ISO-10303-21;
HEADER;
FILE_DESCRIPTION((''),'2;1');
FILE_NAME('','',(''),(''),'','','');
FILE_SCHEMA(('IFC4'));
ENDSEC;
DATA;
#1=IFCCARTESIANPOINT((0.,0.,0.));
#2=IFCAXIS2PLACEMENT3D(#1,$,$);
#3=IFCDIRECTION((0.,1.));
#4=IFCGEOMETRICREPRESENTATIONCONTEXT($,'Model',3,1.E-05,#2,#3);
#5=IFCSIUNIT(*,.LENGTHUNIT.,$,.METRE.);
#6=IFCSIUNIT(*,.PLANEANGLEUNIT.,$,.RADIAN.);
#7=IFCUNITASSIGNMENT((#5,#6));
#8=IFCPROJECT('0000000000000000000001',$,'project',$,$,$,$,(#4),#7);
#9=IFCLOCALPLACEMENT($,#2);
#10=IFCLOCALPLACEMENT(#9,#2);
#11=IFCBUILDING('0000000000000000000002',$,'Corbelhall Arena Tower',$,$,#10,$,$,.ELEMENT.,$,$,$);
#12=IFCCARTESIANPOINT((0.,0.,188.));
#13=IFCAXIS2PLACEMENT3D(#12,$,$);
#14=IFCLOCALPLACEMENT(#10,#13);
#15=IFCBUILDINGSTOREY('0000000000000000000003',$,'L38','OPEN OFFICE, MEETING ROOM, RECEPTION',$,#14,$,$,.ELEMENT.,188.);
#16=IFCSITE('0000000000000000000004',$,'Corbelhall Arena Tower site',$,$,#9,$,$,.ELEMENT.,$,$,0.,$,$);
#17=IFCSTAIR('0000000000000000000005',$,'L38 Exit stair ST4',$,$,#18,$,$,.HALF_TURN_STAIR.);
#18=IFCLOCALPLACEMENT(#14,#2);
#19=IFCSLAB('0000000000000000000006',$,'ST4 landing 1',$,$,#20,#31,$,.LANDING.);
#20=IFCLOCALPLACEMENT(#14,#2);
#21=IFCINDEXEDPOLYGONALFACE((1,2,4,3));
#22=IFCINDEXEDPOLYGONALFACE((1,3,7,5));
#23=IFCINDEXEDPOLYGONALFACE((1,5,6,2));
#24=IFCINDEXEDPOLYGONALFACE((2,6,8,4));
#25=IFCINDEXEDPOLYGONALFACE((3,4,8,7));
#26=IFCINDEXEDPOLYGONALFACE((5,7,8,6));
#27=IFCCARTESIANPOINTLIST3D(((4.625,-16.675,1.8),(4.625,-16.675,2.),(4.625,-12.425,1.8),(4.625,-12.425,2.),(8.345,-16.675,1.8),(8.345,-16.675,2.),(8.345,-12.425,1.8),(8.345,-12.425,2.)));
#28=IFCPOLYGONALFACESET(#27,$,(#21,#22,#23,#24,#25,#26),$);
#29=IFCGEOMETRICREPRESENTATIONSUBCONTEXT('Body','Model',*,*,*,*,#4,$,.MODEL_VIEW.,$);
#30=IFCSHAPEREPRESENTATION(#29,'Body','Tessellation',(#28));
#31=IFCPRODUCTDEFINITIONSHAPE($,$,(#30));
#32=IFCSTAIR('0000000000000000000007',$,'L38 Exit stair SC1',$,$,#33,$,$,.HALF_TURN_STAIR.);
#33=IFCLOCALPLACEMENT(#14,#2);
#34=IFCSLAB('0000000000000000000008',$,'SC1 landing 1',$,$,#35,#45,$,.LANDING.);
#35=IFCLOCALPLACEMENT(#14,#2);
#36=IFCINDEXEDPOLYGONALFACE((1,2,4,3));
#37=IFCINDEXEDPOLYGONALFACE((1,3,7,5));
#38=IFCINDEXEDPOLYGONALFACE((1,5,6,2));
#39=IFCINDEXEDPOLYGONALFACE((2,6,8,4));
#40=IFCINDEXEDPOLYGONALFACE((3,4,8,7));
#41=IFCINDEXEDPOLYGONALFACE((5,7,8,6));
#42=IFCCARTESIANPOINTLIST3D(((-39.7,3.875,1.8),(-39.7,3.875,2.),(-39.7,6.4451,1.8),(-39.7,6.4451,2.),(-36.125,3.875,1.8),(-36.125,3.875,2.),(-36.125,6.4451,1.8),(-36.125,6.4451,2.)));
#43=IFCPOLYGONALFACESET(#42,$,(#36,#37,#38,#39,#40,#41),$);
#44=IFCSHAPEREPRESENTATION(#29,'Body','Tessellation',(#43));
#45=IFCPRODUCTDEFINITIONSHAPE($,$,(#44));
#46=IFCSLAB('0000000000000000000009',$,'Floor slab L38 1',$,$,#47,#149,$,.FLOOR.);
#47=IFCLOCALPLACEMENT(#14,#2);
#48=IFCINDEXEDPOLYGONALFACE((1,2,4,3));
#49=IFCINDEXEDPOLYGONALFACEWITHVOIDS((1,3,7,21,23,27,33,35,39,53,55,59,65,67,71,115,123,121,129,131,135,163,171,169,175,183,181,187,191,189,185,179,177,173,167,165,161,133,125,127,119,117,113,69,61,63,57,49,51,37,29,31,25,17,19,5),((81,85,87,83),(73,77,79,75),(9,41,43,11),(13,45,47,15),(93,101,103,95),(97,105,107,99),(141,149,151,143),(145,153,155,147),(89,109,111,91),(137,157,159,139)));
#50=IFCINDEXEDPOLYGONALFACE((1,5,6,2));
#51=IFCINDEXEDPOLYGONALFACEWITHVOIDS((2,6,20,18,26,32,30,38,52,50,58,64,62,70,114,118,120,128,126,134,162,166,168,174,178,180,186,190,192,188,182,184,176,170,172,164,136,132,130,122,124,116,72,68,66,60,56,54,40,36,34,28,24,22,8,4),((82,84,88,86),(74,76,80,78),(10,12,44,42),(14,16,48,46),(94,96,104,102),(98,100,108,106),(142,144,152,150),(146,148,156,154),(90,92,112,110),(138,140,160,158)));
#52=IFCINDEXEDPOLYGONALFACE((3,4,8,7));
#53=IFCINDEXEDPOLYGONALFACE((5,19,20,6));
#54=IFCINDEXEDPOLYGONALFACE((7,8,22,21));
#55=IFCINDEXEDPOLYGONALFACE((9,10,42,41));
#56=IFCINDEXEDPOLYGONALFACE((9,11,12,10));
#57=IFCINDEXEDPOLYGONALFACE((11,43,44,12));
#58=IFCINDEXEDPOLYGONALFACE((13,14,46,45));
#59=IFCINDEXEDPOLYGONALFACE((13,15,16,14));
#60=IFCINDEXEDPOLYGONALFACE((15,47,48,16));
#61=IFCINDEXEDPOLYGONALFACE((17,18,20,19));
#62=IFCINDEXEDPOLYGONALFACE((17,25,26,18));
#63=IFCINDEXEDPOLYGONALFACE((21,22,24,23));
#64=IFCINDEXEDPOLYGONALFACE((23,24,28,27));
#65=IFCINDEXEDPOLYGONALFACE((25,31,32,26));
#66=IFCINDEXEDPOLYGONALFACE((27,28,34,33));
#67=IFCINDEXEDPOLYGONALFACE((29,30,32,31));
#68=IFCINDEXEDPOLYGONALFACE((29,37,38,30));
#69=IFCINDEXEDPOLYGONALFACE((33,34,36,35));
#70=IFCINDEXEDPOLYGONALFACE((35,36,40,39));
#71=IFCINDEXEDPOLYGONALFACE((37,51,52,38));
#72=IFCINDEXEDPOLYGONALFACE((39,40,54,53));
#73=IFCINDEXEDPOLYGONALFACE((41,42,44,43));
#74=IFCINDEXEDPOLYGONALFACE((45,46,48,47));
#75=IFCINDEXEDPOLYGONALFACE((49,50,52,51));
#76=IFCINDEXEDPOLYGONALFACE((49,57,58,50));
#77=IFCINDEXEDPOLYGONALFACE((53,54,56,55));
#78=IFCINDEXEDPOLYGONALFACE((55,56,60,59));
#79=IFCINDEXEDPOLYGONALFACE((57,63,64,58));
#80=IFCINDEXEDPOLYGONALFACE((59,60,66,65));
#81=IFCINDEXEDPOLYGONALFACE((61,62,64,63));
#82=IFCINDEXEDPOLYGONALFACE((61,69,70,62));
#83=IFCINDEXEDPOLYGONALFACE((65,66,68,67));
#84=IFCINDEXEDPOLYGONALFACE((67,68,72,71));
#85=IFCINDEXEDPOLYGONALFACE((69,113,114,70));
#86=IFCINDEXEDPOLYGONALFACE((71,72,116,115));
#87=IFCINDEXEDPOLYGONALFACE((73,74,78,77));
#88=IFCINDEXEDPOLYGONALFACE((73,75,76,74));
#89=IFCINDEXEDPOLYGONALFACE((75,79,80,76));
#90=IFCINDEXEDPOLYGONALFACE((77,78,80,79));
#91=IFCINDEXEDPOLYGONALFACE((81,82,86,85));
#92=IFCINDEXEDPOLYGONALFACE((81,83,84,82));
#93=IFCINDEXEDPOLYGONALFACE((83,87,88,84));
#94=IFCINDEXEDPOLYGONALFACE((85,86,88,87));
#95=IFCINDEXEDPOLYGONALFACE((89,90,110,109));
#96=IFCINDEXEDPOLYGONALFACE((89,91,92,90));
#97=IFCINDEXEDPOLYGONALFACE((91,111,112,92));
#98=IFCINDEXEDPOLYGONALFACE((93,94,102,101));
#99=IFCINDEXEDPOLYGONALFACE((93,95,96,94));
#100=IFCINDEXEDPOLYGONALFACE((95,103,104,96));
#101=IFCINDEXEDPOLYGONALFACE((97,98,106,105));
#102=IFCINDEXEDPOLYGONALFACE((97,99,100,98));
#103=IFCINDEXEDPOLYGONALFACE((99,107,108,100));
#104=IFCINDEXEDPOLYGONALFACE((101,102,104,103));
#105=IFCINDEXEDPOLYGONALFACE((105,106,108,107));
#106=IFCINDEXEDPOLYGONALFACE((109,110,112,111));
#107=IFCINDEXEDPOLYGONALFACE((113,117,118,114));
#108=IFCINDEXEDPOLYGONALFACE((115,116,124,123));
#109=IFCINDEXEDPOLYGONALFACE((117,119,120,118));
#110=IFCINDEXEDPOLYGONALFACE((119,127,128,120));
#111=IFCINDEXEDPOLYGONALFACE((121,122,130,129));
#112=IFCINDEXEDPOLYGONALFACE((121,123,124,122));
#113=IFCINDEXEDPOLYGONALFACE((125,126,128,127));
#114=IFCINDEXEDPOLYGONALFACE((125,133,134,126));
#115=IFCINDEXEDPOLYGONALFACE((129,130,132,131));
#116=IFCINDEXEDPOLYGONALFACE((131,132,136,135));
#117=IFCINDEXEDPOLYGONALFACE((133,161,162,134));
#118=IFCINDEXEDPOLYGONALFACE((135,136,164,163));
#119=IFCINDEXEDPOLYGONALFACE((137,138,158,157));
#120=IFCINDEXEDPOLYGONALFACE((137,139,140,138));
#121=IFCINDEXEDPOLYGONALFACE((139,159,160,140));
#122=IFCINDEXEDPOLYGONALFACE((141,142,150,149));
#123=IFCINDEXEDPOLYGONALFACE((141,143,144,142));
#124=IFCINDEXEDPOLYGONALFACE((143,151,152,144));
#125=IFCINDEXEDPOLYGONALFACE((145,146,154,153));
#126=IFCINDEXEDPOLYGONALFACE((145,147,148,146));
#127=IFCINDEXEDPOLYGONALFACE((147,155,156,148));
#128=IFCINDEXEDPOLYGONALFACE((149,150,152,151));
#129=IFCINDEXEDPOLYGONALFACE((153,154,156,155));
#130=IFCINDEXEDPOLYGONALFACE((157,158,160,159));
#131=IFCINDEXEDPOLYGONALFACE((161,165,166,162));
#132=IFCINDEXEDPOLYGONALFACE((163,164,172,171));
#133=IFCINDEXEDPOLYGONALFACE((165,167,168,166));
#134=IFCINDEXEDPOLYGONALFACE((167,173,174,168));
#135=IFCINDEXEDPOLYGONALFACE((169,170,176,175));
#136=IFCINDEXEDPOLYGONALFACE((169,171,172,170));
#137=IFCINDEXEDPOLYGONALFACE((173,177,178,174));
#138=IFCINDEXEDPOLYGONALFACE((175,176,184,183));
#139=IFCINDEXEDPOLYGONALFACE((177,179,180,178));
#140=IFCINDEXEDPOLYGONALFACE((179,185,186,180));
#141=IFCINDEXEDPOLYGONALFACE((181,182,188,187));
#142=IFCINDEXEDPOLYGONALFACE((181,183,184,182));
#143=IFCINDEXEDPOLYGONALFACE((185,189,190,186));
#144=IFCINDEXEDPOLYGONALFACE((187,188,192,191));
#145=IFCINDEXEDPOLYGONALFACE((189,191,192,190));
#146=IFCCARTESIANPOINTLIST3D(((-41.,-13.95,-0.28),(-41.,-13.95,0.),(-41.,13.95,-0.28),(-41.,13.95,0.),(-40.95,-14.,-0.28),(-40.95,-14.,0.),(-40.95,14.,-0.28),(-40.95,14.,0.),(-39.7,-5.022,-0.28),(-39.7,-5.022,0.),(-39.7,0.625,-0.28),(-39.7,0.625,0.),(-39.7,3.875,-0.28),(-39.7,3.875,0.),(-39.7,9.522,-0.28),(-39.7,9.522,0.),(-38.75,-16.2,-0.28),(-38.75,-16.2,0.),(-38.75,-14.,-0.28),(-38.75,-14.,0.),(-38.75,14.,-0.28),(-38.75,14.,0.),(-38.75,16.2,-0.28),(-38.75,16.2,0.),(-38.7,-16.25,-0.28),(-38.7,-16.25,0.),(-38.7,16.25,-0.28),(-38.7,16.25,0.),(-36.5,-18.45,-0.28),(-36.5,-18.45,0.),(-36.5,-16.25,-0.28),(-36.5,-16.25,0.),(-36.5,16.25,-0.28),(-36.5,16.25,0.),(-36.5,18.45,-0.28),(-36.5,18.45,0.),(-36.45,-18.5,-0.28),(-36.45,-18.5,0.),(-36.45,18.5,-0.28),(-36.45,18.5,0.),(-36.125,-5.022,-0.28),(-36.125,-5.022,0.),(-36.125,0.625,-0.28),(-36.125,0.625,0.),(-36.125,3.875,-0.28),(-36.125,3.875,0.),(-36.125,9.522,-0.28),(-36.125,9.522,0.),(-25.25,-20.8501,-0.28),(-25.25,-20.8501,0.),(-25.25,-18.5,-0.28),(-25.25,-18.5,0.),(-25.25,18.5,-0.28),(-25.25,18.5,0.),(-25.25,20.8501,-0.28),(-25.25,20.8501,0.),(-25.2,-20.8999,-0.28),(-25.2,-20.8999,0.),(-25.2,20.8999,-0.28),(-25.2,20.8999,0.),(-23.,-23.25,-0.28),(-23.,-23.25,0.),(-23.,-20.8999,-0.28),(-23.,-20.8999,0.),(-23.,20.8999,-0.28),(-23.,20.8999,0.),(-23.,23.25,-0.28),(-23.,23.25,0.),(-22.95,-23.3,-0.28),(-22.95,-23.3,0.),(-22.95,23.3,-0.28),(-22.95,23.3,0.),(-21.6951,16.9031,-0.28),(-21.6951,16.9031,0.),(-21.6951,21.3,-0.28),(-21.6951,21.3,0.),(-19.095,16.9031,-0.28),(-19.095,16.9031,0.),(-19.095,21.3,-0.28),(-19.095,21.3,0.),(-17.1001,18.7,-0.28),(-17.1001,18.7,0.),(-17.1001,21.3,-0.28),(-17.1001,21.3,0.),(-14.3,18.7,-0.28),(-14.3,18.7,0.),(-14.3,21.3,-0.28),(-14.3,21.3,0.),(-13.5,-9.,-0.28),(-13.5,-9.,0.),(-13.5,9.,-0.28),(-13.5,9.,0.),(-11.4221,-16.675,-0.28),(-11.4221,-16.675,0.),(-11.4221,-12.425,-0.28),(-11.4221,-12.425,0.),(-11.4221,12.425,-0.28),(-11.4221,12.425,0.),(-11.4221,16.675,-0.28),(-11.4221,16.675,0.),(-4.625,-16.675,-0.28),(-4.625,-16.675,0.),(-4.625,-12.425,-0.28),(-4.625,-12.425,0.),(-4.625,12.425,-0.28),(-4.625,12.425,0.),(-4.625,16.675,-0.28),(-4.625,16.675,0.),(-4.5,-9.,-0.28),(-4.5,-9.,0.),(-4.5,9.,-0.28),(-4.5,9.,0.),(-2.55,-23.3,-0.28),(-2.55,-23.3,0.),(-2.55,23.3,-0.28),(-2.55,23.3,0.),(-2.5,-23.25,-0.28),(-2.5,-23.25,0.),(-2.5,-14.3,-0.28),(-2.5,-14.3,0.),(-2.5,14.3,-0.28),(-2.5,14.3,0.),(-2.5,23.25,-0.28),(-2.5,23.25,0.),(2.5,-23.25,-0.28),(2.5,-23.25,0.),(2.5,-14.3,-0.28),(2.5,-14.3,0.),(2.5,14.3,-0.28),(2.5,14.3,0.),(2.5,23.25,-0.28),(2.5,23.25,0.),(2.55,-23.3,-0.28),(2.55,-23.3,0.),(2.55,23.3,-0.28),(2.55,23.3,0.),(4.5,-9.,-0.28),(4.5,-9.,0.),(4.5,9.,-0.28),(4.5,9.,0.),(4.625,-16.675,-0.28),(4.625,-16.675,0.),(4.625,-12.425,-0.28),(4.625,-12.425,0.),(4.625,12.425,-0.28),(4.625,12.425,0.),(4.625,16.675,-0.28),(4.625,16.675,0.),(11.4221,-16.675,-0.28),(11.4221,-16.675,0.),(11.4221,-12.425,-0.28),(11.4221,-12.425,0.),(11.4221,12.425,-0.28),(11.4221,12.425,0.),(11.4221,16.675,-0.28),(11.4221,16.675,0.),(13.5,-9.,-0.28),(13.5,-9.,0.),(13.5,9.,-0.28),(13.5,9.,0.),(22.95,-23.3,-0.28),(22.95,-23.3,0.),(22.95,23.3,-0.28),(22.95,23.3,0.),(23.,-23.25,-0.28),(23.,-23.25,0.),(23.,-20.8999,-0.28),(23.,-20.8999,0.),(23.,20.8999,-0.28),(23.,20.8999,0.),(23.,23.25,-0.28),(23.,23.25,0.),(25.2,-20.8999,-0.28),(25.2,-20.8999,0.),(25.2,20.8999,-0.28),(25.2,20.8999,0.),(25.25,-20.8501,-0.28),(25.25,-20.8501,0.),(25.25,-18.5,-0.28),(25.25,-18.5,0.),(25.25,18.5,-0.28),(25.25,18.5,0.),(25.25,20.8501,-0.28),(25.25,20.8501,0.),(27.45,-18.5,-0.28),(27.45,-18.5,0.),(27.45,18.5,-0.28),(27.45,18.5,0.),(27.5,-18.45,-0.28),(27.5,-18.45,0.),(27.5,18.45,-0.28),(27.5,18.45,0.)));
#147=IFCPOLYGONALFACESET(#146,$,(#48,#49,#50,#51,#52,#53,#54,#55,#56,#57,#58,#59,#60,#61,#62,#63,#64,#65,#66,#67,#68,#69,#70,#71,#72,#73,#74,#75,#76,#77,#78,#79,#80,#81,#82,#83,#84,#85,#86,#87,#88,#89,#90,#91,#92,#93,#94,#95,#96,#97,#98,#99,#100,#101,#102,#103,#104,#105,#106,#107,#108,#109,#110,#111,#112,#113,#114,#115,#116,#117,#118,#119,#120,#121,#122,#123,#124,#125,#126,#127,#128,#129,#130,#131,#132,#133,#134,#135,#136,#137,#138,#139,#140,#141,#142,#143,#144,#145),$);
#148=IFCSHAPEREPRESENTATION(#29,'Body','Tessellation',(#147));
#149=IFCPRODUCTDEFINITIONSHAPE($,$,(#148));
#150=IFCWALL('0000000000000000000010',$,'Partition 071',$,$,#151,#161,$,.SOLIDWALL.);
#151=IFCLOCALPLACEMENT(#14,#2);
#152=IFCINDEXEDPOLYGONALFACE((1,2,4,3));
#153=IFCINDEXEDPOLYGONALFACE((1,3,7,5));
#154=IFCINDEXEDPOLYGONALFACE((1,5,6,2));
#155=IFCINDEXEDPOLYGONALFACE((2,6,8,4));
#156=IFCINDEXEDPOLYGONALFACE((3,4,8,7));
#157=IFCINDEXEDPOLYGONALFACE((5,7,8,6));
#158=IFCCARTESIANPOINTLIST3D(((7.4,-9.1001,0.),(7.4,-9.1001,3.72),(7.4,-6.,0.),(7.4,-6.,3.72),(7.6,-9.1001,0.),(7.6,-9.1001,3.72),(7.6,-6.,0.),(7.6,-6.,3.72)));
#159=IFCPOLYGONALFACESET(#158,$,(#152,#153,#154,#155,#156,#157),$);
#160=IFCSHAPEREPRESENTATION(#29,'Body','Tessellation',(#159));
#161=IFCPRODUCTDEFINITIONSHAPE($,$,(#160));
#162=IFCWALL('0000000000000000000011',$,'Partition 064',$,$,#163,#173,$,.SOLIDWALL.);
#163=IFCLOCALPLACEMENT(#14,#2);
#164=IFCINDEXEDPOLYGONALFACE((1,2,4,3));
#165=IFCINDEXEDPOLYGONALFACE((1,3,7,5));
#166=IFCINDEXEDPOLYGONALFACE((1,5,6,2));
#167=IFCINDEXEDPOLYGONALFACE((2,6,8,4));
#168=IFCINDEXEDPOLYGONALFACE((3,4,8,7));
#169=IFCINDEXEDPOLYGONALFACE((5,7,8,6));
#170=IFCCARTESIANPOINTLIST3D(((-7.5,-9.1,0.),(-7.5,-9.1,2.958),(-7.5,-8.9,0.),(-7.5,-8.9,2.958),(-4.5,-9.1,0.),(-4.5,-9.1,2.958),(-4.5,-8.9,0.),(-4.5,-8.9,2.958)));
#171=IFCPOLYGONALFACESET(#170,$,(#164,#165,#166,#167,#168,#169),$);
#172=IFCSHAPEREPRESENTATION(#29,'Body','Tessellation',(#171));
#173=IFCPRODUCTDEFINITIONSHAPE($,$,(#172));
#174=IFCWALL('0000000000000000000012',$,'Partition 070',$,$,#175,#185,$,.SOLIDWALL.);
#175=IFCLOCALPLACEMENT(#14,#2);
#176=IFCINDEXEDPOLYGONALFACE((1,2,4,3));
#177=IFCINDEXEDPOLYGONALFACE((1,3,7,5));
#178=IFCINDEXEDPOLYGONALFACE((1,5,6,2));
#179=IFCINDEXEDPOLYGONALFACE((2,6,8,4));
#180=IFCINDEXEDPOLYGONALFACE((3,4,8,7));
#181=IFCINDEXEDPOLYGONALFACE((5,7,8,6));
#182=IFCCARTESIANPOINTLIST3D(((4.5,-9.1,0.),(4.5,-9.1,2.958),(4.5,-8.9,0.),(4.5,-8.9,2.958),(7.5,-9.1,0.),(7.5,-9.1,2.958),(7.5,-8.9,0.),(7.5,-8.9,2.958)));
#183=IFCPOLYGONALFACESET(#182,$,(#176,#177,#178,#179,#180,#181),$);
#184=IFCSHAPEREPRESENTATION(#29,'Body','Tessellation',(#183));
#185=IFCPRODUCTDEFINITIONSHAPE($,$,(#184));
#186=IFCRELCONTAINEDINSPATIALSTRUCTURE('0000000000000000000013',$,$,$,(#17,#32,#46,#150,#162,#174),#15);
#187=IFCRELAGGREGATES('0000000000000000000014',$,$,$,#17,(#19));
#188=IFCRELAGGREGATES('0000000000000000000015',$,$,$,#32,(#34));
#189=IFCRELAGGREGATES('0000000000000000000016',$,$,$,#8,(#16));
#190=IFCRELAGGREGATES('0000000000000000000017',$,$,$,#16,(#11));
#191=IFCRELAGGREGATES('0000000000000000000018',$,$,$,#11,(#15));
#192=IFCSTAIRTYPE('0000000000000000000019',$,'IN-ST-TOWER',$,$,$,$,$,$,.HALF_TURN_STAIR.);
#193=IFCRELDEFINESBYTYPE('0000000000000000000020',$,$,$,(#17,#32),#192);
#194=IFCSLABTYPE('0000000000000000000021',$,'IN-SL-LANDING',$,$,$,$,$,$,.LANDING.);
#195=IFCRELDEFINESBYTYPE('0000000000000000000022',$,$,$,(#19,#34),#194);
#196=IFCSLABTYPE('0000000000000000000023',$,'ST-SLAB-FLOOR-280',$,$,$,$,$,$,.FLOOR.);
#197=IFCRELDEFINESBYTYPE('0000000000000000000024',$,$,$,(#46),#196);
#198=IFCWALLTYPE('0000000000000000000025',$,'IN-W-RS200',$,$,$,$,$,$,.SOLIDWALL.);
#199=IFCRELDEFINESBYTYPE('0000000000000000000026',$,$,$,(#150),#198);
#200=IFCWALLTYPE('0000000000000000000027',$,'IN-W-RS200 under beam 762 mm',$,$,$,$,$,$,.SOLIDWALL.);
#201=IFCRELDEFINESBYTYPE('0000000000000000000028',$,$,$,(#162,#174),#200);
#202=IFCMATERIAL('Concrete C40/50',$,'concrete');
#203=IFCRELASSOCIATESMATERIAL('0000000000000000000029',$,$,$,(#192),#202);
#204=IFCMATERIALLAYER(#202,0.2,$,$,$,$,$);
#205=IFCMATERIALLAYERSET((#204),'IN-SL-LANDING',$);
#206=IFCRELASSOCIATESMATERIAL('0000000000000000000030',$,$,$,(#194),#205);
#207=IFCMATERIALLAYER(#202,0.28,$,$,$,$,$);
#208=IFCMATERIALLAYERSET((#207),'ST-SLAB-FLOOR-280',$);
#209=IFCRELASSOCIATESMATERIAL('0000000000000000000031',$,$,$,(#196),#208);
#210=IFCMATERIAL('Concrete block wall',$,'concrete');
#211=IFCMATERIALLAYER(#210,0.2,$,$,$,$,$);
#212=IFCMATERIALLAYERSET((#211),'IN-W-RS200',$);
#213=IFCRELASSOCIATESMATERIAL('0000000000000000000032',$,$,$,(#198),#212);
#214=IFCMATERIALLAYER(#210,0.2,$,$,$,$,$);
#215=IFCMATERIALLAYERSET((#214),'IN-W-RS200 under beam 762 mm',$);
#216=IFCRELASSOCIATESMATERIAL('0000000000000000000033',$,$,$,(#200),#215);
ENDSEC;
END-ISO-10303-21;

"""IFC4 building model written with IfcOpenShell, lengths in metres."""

from ifc_helpers import new_model, si_unit, direction, frame, frame_2d, origin, place, context, subcontext, project, spatial, polyline, rectangle, outline, extrude, material, layer, layer_set, type_object, element, aggregate, save


model = new_model("IFC4")

# Units and contexts
model_context = context("Model", 3, precision=1e-05, world=origin(), true_north=direction((0.0, 1.0)))
body_context = subcontext(model_context, "Body", "Model", "MODEL_VIEW")
ifc_project = project(units=[si_unit("LENGTHUNIT", "METRE"), si_unit("PLANEANGLEUNIT", "RADIAN")], contexts=[model_context])

# Site, building, storey
site_placement = place(None, origin())
site = spatial("IfcSite", under=ifc_project, at=site_placement, Name="Corbelhall Arena Tower site", CompositionType="ELEMENT", RefElevation=0.0)
building_placement = place(site_placement, origin())
building = spatial("IfcBuilding", under=site, at=building_placement, Name="Corbelhall Arena Tower", CompositionType="ELEMENT")
storey_placement = place(building_placement, frame((0.0, 0.0, 188.0)))
storey = spatial("IfcBuildingStorey", under=building, at=storey_placement, Name="L38", Description="OPEN OFFICE, MEETING ROOM, RECEPTION", CompositionType="ELEMENT", Elevation=188.0)

# Shared definitions
ifc_material_1 = material(Name="Concrete C40/50", Category="concrete")

# Stairs, slabs
stair_type = type_object("IfcStairType", Name="IN-ST-TOWER", PredefinedType="HALF_TURN_STAIR", material=ifc_material_1)
ifc_layer_1 = layer(ifc_material_1, 0.2)
ifc_layer_set_1 = layer_set([ifc_layer_1], Name="IN-SL-LANDING")
slab_type_1 = type_object("IfcSlabType", Name="IN-SL-LANDING", PredefinedType="LANDING", material=ifc_layer_set_1)
stair_1_placement = place(storey_placement, origin())
stair_1 = element("IfcStair", 1, at=stair_1_placement, inside=storey, type_object=stair_type, Name="L38 Exit stair ST4", PredefinedType="HALF_TURN_STAIR")
slab_1_placement = place(storey_placement, frame((0.0, 0.0, 1.8)))
slab_1 = element("IfcSlab", 2, at=slab_1_placement, type_object=slab_type_1, Name="ST4 landing 1", PredefinedType="LANDING", context=body_context, shape_type="SweptSolid", body=[
    extrude(outline(polyline([(8.345, -12.425), (4.625, -12.425), (4.625, -16.675), (8.345, -16.675), (8.345, -12.425)])), origin(), (0.0, 0.0, 1.0), 0.2),
])
aggregate(stair_1, [slab_1])
stair_2_placement = place(storey_placement, origin())
stair_2 = element("IfcStair", 3, at=stair_2_placement, inside=storey, type_object=stair_type, Name="L38 Exit stair SC1", PredefinedType="HALF_TURN_STAIR")
slab_2_placement = place(storey_placement, frame((0.0, 0.0, 1.8)))
slab_2 = element("IfcSlab", 4, at=slab_2_placement, type_object=slab_type_1, Name="SC1 landing 1", PredefinedType="LANDING", context=body_context, shape_type="SweptSolid", body=[
    extrude(outline(polyline([(-39.7, 6.4451), (-39.7, 3.875), (-36.125, 3.875), (-36.125, 6.4451), (-39.7, 6.4451)])), origin(), (0.0, 0.0, 1.0), 0.2),
])
aggregate(stair_2, [slab_2])

# Slab
ifc_layer_2 = layer(ifc_material_1, 0.28)
ifc_layer_set_2 = layer_set([ifc_layer_2], Name="ST-SLAB-FLOOR-280")
slab_type_2 = type_object("IfcSlabType", Name="ST-SLAB-FLOOR-280", PredefinedType="FLOOR", material=ifc_layer_set_2)
slab_3_placement = place(storey_placement, frame((0.0, 0.0, -0.28)))
element("IfcSlab", 5, at=slab_3_placement, inside=storey, type_object=slab_type_2, Name="Floor slab L38 1", PredefinedType="FLOOR", context=body_context, shape_type="SweptSolid", body=[
    extrude(outline(polyline([(23.0, 23.25), (22.95, 23.3), (2.55, 23.3), (2.5, 23.25), (2.5, 14.3), (-2.5, 14.3), (-2.5, 23.25), (-2.55, 23.3), (-22.95, 23.3), (-23.0, 23.25), (-23.0, 20.8999), (-25.2, 20.8999), (-25.25, 20.8501), (-25.25, 18.5), (-36.45, 18.5), (-36.5, 18.45), (-36.5, 16.25), (-38.7, 16.25), (-38.75, 16.2), (-38.75, 14.0), (-40.95, 14.0), (-41.0, 13.95), (-41.0, -13.95), (-40.95, -14.0), (-38.75, -14.0), (-38.75, -16.2), (-38.7, -16.25), (-36.5, -16.25), (-36.5, -18.45), (-36.45, -18.5), (-25.25, -18.5), (-25.25, -20.8501), (-25.2, -20.8999), (-23.0, -20.8999), (-23.0, -23.25), (-22.95, -23.3), (-2.55, -23.3), (-2.5, -23.25), (-2.5, -14.3), (2.5, -14.3), (2.5, -23.25), (2.55, -23.3), (22.95, -23.3), (23.0, -23.25), (23.0, -20.8999), (25.2, -20.8999), (25.25, -20.8501), (25.25, -18.5), (27.45, -18.5), (27.5, -18.45), (27.5, 18.45), (27.45, 18.5), (25.25, 18.5), (25.25, 20.8501), (25.2, 20.8999), (23.0, 20.8999), (23.0, 23.25)]), holes=[polyline([(-4.5, -9.0), (-4.5, 9.0), (-13.5, 9.0), (-13.5, -9.0), (-4.5, -9.0)]), polyline([(13.5, -9.0), (13.5, 9.0), (4.5, 9.0), (4.5, -9.0), (13.5, -9.0)]), polyline([(-11.4221, 12.425), (-4.625, 12.425), (-4.625, 16.675), (-11.4221, 16.675), (-11.4221, 12.425)]), polyline([(-11.4221, -12.425), (-11.4221, -16.675), (-4.625, -16.675), (-4.625, -12.425), (-11.4221, -12.425)]), polyline([(4.625, 12.425), (11.4221, 12.425), (11.4221, 16.675), (4.625, 16.675), (4.625, 12.425)]), polyline([(4.625, -12.425), (4.625, -16.675), (11.4221, -16.675), (11.4221, -12.425), (4.625, -12.425)]), polyline([(-39.7, 9.522), (-39.7, 3.875), (-36.125, 3.875), (-36.125, 9.522), (-39.7, 9.522)]), polyline([(-39.7, -5.022), (-36.125, -5.022), (-36.125, 0.625), (-39.7, 0.625), (-39.7, -5.022)]), polyline([(-21.6951, 21.3), (-21.6951, 16.9031), (-19.095, 16.9031), (-19.095, 21.3), (-21.6951, 21.3)]), polyline([(-14.3, 21.3), (-17.1001, 21.3), (-17.1001, 18.7), (-14.3, 18.7), (-14.3, 21.3)])]), origin(), (0.0, 0.0, 1.0), 0.28),
])

# Walls
ifc_material_2 = material(Name="Concrete block wall", Category="concrete")
ifc_layer_3 = layer(ifc_material_2, 0.2)
ifc_layer_set_3 = layer_set([ifc_layer_3], Name="IN-W-RS200")
wall_type_1 = type_object("IfcWallType", Name="IN-W-RS200", PredefinedType="SOLIDWALL", material=ifc_layer_set_3)
wall_1_placement = place(storey_placement, frame((7.5, -6.0, 0.0), z_axis=(0.0, 0.0, 1.0), x_axis=(0.0, -1.0, 0.0)))
element("IfcWall", 6, at=wall_1_placement, inside=storey, type_object=wall_type_1, Name="Partition 071", PredefinedType="SOLIDWALL", context=body_context, shape_type="SweptSolid", body=[
    extrude(rectangle(XDim=3.1001, YDim=0.2, at=frame_2d((1.55, 0.0))), origin(), (0.0, 0.0, 1.0), 3.72),
])
ifc_layer_4 = layer(ifc_material_2, 0.2)
ifc_layer_set_4 = layer_set([ifc_layer_4], Name="IN-W-RS200 under beam 762 mm")
wall_type_2 = type_object("IfcWallType", Name="IN-W-RS200 under beam 762 mm", PredefinedType="SOLIDWALL", material=ifc_layer_set_4)
wall_2_placement = place(storey_placement, frame((-4.5, -9.0, 0.0), z_axis=(0.0, 0.0, 1.0), x_axis=(-1.0, 0.0, 0.0)))
element("IfcWall", 7, at=wall_2_placement, inside=storey, type_object=wall_type_2, Name="Partition 064", PredefinedType="SOLIDWALL", context=body_context, shape_type="SweptSolid", body=[
    extrude(rectangle(XDim=3.0, YDim=0.2, at=frame_2d((1.5, 0.0))), origin(), (0.0, 0.0, 1.0), 2.958),
])

# Wall
wall_3_placement = place(storey_placement, frame((7.5, -9.0, 0.0), z_axis=(0.0, 0.0, 1.0), x_axis=(-1.0, 0.0, 0.0)))
element("IfcWall", 8, at=wall_3_placement, inside=storey, type_object=wall_type_2, Name="Partition 070", PredefinedType="SOLIDWALL", context=body_context, shape_type="SweptSolid", body=[
    extrude(rectangle(XDim=3.0, YDim=0.2, at=frame_2d((1.5, 0.0))), origin(), (0.0, 0.0, 1.0), 2.958),
])

save(model, "model.ifc")
